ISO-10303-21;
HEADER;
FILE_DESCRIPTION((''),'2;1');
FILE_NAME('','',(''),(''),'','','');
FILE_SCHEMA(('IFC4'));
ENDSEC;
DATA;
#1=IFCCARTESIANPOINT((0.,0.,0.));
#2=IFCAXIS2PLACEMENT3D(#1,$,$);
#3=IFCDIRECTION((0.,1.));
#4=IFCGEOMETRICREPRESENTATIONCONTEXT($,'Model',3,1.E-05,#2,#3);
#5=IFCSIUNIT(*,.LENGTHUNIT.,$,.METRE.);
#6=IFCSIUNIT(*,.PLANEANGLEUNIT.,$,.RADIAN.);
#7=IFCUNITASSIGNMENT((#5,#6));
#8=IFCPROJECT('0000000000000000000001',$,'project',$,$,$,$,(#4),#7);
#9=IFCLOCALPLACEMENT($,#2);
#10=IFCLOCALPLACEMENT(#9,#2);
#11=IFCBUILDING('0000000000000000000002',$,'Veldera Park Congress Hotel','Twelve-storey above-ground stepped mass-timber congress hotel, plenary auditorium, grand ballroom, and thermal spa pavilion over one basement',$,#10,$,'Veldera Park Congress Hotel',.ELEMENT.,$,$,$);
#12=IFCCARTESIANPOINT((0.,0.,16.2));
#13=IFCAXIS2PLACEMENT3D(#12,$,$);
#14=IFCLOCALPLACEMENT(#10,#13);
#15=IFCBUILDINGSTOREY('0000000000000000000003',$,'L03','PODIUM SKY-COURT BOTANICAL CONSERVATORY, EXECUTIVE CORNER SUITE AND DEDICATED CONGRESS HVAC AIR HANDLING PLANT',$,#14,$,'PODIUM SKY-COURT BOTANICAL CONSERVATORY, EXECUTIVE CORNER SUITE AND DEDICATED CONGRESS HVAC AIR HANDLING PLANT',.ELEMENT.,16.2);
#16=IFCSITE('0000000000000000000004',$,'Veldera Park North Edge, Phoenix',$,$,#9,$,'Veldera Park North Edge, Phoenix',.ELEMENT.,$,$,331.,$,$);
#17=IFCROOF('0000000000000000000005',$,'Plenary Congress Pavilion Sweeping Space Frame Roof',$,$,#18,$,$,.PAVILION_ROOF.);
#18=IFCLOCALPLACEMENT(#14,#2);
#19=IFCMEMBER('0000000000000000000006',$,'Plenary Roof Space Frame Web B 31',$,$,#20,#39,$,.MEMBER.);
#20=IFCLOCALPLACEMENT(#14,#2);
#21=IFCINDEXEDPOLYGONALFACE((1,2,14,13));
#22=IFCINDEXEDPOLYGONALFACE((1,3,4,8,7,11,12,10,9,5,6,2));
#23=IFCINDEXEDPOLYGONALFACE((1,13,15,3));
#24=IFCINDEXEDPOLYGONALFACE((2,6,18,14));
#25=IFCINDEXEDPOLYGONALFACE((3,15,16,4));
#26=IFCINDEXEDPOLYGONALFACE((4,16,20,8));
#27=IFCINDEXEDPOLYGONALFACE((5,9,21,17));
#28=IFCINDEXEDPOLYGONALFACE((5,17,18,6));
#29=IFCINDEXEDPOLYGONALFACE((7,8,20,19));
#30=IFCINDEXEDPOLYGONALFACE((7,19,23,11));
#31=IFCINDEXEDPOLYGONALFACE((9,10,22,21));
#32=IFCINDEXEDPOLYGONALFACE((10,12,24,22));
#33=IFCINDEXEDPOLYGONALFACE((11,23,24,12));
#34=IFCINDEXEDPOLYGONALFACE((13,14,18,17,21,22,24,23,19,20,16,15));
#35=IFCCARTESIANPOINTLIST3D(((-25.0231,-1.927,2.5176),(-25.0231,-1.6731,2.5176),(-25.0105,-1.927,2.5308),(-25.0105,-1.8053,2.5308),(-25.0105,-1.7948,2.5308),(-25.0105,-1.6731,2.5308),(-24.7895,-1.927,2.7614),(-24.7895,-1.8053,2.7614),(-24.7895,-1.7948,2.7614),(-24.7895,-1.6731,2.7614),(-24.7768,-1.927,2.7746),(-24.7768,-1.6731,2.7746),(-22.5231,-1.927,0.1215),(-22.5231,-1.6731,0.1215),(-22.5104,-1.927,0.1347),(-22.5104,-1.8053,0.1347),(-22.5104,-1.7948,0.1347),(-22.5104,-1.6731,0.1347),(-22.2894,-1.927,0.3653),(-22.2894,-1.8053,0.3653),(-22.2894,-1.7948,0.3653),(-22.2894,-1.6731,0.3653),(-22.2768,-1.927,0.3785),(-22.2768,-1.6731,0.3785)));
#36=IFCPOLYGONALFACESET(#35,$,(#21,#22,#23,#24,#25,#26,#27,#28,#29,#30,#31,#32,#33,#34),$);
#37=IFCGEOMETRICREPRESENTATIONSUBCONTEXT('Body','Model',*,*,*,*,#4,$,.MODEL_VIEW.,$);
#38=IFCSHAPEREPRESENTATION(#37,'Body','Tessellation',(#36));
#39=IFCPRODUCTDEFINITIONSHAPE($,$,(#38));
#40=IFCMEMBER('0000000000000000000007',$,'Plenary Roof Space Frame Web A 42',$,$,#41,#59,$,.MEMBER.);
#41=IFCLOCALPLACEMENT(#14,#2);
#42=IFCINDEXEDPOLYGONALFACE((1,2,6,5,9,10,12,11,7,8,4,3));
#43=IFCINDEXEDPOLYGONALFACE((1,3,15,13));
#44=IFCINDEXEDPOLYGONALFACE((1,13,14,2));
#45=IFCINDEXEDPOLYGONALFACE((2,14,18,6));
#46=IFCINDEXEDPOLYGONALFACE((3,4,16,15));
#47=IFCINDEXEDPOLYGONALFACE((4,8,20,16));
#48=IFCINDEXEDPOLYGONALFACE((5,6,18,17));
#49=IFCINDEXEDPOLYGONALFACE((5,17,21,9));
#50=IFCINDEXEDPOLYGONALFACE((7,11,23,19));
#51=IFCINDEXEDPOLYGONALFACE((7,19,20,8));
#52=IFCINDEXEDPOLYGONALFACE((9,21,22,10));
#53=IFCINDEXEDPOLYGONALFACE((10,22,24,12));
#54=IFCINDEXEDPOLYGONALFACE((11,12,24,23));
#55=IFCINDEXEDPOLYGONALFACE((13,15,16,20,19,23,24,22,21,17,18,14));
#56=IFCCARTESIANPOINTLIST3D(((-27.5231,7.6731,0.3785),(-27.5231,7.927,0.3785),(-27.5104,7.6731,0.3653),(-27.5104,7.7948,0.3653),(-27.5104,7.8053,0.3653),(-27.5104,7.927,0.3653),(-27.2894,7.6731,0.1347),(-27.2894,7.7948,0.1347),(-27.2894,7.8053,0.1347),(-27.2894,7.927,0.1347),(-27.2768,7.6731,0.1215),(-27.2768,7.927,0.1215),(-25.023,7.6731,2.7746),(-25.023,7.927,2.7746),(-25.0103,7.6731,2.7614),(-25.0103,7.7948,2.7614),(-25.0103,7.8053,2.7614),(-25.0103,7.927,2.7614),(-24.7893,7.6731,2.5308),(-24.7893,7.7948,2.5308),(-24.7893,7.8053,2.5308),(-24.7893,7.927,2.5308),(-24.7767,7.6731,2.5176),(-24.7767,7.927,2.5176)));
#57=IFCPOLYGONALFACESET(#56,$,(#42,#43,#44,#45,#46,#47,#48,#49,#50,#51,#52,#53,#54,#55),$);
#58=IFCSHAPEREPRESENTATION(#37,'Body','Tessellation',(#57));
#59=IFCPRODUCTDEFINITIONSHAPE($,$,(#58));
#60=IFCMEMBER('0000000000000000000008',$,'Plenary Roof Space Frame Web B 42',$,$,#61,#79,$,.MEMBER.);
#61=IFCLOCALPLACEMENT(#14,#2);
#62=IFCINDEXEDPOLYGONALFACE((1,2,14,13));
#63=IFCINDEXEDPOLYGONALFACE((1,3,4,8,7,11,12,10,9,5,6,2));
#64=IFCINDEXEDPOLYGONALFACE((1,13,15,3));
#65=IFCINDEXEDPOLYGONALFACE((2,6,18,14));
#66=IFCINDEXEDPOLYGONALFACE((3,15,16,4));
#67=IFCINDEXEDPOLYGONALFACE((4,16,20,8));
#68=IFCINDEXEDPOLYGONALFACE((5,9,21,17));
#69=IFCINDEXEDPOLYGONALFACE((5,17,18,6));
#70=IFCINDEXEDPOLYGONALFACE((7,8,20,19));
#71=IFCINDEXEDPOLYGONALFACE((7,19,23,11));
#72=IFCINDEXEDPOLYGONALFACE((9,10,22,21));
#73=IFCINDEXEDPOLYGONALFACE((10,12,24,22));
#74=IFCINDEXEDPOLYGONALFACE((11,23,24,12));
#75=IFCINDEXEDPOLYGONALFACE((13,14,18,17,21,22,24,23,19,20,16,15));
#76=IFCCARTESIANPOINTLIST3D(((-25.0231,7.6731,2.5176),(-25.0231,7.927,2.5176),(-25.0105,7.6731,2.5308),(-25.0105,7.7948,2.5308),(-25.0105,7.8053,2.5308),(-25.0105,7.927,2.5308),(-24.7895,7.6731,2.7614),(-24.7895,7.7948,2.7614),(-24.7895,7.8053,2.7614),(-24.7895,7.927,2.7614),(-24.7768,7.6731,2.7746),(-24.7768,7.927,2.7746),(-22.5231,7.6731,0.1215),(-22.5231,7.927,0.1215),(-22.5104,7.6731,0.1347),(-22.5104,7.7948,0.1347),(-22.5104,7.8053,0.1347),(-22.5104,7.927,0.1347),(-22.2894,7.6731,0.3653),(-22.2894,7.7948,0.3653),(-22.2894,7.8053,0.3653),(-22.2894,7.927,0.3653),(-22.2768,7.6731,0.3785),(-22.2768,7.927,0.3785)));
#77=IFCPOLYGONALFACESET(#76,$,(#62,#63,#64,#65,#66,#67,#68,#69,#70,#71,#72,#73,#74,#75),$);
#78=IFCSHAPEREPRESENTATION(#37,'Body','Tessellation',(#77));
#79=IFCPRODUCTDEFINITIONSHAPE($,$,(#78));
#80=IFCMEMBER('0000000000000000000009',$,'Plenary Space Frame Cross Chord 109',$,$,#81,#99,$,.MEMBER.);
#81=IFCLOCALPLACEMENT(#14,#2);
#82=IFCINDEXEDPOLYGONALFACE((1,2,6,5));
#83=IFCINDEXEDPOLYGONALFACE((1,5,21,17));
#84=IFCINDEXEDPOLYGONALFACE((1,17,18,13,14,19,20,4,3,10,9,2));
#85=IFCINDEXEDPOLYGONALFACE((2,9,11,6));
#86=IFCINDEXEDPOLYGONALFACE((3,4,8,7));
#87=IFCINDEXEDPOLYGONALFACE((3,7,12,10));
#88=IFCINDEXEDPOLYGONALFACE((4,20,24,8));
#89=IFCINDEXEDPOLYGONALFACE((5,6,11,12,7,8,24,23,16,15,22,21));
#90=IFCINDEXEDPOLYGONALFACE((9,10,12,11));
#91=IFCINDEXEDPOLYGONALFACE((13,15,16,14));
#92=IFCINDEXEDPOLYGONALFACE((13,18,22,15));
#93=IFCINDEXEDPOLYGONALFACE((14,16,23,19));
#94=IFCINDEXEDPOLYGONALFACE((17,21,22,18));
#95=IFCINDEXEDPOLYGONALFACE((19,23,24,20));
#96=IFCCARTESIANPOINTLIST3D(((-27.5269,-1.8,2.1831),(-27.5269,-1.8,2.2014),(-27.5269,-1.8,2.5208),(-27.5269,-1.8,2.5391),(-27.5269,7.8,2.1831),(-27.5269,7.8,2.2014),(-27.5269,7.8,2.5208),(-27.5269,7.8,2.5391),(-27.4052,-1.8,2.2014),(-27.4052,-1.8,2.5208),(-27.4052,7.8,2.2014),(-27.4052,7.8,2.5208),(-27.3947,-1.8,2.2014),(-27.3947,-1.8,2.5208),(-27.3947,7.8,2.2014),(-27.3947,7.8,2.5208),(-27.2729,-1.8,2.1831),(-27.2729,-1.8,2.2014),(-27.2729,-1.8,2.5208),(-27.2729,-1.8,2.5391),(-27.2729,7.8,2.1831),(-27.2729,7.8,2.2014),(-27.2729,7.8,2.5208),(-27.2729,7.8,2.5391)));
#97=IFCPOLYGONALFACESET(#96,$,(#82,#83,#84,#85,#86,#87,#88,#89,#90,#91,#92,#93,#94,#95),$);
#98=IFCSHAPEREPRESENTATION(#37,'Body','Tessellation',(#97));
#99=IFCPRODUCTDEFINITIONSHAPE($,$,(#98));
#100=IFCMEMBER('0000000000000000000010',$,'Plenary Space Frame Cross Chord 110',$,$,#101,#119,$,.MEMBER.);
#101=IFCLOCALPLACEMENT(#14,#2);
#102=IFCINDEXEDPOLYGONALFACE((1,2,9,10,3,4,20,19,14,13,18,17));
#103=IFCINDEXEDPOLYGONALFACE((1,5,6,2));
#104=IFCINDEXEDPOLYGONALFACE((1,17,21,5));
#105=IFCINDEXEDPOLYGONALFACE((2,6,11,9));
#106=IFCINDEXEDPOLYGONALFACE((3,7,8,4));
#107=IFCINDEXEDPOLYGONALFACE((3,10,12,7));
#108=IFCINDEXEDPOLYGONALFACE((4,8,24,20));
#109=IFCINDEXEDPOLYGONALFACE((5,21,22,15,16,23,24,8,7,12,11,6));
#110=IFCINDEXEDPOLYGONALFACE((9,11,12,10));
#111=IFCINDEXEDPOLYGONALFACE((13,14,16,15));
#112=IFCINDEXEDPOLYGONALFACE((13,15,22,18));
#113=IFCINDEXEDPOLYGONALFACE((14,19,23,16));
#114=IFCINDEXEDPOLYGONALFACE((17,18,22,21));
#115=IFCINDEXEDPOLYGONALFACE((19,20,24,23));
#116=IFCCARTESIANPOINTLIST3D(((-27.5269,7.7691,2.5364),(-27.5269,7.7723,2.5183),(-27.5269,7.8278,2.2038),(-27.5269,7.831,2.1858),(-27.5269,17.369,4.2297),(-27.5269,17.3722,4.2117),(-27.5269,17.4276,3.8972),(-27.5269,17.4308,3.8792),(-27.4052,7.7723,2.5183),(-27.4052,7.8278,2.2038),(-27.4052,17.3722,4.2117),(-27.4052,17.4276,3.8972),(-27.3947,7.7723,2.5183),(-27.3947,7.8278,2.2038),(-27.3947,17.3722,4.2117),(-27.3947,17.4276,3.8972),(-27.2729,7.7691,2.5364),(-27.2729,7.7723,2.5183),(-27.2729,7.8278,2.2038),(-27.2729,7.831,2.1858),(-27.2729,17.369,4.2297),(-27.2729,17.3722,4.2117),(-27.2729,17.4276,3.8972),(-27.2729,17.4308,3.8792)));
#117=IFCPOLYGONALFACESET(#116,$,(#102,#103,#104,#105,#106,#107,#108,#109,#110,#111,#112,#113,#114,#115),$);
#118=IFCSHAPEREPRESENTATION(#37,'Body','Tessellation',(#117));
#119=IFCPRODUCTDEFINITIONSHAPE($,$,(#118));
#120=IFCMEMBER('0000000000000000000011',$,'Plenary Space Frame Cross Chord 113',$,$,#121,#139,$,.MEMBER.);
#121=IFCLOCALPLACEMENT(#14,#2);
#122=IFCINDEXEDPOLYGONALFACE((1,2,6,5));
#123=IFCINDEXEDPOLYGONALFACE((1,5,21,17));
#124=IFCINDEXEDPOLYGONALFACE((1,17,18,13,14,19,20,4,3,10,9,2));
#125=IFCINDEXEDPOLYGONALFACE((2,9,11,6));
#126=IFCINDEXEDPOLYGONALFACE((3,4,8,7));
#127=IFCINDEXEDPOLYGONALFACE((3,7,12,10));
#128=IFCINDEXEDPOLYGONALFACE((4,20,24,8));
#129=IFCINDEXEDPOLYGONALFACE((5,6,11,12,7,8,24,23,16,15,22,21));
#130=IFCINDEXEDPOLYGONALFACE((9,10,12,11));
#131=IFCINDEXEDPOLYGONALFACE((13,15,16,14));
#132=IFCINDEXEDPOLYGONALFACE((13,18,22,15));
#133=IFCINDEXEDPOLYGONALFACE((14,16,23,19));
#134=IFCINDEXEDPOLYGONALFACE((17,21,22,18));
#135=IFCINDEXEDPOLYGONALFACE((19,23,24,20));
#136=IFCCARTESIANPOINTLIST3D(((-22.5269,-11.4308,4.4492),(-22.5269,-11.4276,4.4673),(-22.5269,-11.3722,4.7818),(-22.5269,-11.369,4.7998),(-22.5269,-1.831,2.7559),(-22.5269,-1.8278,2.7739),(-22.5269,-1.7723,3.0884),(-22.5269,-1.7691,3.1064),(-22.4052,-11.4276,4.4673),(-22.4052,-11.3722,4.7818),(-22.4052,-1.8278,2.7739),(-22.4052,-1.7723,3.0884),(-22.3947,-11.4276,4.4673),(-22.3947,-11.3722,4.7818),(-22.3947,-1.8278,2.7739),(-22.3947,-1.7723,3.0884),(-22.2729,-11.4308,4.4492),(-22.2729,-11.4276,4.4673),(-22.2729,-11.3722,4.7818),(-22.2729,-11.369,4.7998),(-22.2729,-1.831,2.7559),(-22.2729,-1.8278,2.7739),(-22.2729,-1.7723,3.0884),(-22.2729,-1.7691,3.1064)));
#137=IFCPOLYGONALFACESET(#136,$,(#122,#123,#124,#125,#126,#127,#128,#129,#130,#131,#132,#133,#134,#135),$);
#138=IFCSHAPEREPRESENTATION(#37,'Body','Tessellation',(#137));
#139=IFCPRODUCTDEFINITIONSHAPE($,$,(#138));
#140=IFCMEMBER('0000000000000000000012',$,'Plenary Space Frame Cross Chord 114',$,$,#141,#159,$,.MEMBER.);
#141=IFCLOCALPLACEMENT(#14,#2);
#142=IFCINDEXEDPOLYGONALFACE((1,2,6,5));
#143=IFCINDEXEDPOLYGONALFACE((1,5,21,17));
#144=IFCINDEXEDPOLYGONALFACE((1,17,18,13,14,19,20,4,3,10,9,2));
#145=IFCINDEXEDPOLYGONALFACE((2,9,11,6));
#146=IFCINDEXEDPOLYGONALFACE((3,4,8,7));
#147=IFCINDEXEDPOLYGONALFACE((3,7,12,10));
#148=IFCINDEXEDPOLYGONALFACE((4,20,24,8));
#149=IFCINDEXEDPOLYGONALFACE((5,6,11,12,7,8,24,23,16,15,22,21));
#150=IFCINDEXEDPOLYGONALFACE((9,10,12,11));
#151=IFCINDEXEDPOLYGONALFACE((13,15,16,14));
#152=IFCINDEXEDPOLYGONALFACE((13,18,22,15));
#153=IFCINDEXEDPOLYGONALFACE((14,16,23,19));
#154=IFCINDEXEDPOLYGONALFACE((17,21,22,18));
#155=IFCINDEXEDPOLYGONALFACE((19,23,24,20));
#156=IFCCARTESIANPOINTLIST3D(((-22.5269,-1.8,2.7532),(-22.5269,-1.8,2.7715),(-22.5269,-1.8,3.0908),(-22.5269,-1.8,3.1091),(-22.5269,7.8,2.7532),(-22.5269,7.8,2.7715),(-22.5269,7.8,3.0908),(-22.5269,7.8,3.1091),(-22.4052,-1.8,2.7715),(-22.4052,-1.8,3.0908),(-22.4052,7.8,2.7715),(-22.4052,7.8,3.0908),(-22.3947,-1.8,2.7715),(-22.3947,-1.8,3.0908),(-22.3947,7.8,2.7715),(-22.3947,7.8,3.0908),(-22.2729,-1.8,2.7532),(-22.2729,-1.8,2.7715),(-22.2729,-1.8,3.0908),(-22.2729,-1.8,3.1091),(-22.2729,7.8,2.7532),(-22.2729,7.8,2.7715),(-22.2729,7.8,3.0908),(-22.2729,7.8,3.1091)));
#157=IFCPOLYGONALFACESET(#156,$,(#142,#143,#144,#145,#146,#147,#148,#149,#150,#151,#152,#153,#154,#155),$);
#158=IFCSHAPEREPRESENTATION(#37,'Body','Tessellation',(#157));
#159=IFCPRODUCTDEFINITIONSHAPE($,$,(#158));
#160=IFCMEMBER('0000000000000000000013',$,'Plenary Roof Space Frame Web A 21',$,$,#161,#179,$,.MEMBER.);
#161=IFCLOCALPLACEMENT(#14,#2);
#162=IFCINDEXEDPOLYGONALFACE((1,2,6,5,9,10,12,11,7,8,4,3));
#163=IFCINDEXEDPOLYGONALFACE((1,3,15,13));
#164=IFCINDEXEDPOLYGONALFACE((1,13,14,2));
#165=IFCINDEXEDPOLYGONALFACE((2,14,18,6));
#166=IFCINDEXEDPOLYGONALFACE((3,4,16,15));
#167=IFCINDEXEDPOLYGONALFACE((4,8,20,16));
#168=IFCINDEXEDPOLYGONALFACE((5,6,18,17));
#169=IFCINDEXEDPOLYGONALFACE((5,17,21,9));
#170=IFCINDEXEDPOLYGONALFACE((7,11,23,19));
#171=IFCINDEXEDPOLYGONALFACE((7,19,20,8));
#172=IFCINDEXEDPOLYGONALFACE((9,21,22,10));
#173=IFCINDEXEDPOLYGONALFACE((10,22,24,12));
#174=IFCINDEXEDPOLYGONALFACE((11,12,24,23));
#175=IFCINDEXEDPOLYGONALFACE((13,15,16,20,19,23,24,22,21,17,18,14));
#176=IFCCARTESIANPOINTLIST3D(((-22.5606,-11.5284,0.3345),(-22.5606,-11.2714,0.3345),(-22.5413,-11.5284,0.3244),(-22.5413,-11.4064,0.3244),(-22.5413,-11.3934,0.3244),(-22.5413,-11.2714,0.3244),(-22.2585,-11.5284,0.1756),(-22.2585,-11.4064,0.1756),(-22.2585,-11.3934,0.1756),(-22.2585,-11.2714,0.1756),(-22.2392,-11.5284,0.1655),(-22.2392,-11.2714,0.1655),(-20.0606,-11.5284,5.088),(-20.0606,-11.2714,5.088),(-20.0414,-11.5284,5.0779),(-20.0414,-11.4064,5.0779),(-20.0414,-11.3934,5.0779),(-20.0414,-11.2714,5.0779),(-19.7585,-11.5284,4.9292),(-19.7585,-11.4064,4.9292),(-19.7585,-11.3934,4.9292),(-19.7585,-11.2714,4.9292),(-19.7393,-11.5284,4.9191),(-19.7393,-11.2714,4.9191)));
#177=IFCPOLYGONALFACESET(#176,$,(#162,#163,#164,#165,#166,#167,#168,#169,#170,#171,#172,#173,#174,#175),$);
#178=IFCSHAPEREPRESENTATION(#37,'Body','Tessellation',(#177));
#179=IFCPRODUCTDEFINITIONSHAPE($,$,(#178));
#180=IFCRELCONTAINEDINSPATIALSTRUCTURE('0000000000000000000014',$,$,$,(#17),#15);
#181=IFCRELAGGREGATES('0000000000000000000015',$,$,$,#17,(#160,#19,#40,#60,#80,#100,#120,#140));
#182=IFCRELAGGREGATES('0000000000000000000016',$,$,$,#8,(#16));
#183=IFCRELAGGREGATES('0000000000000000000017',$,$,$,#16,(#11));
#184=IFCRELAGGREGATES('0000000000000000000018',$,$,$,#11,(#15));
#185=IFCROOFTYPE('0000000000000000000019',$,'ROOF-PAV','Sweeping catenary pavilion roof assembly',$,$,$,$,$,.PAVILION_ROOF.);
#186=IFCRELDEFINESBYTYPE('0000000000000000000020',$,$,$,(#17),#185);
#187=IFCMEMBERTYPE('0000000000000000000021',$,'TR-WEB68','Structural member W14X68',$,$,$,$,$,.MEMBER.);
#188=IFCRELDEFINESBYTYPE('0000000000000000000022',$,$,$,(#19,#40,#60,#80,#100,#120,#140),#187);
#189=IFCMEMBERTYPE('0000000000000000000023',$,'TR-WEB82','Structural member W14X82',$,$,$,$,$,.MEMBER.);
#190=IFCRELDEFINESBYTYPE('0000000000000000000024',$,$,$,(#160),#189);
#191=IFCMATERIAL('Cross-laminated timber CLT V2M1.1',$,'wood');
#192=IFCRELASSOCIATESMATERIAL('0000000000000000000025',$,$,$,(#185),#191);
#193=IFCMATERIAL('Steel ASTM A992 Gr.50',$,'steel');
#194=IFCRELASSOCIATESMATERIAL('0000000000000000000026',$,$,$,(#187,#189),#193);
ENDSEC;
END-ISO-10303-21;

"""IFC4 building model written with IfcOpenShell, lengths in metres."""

from ifc_helpers import new_model, si_unit, direction, frame, origin, origin_2d, place, context, subcontext, project, spatial, i_section, extrude, material, material_profile, profile_set, type_object, element, aggregate, save


model = new_model("IFC4")

# Units and contexts
model_context = context("Model", 3, precision=1e-05, world=origin(), true_north=direction((0.0, 1.0)))
body_context = subcontext(model_context, "Body", "Model", "MODEL_VIEW")
ifc_project = project(units=[si_unit("LENGTHUNIT", "METRE"), si_unit("PLANEANGLEUNIT", "RADIAN")], contexts=[model_context])

# Site, building, storey
site_placement = place(None, origin())
site = spatial("IfcSite", under=ifc_project, at=site_placement, Name="Veldera Park North Edge, Phoenix", LongName="Veldera Park North Edge, Phoenix", CompositionType="ELEMENT", RefElevation=331.0)
building_placement = place(site_placement, origin())
building = spatial("IfcBuilding", under=site, at=building_placement, Name="Veldera Park Congress Hotel", Description="Twelve-storey above-ground stepped mass-timber congress hotel, plenary auditorium, grand ballroom, and thermal spa pavilion over one basement", LongName="Veldera Park Congress Hotel", CompositionType="ELEMENT")
storey_placement = place(building_placement, frame((0.0, 0.0, 16.2)))
storey = spatial("IfcBuildingStorey", under=building, at=storey_placement, Name="L03", Description="PODIUM SKY-COURT BOTANICAL CONSERVATORY, EXECUTIVE CORNER SUITE AND DEDICATED CONGRESS HVAC AIR HANDLING PLANT", LongName="PODIUM SKY-COURT BOTANICAL CONSERVATORY, EXECUTIVE CORNER SUITE AND DEDICATED CONGRESS HVAC AIR HANDLING PLANT", CompositionType="ELEMENT", Elevation=16.2)

# Roof, members
ifc_material_1 = material(Name="Cross-laminated timber CLT V2M1.1", Category="wood")
roof_type = type_object("IfcRoofType", Name="ROOF-PAV", Description="Sweeping catenary pavilion roof assembly", PredefinedType="PAVILION_ROOF", material=ifc_material_1)
roof_placement = place(storey_placement, origin())
roof = element("IfcRoof", 1, at=roof_placement, inside=storey, type_object=roof_type, Name="Plenary Congress Pavilion Sweeping Space Frame Roof", PredefinedType="PAVILION_ROOF")
ifc_material_2 = material(Name="Steel ASTM A992 Gr.50", Category="steel")
ifc_material_profile_1 = material_profile(ifc_material_2, i_section(OverallWidth=0.2539, OverallDepth=0.356, WebThickness=0.0105, FlangeThickness=0.0183, at=origin_2d()), Name="W14X68")
ifc_profile_set_1 = profile_set([ifc_material_profile_1], Name="Steel ASTM A992 Gr.50")
member_type_1 = type_object("IfcMemberType", Name="TR-WEB68", Description="Structural member W14X68", PredefinedType="MEMBER", material=ifc_profile_set_1)
member_1_placement = place(storey_placement, frame((-22.3999, -1.8, 0.25), z_axis=(-0.721965, 0.0, 0.69193), x_axis=(0.0, -1.0, 0.0)))
member_1 = element("IfcMember", 2, at=member_1_placement, type_object=member_type_1, Name="Plenary Roof Space Frame Web B 31", PredefinedType="MEMBER", context=body_context, shape_type="SweptSolid", body=[
    extrude(i_section(OverallWidth=0.2539, OverallDepth=0.356, WebThickness=0.0105, FlangeThickness=0.0183, at=origin_2d()), origin(), (0.0, 0.0, 1.0), 3.4629),
])
member_2_placement = place(storey_placement, frame((-27.3999, 7.8, 0.25), z_axis=(0.721965, 0.0, 0.69193), x_axis=(0.0, 1.0, 0.0)))
member_2 = element("IfcMember", 3, at=member_2_placement, type_object=member_type_1, Name="Plenary Roof Space Frame Web A 42", PredefinedType="MEMBER", context=body_context, shape_type="SweptSolid", body=[
    extrude(i_section(OverallWidth=0.2539, OverallDepth=0.356, WebThickness=0.0105, FlangeThickness=0.0183, at=origin_2d()), origin(), (0.0, 0.0, 1.0), 3.4629),
])
member_3_placement = place(storey_placement, frame((-22.3999, 7.8, 0.25), z_axis=(-0.721965, 0.0, 0.69193), x_axis=(0.0, -1.0, 0.0)))
member_3 = element("IfcMember", 4, at=member_3_placement, type_object=member_type_1, Name="Plenary Roof Space Frame Web B 42", PredefinedType="MEMBER", context=body_context, shape_type="SweptSolid", body=[
    extrude(i_section(OverallWidth=0.2539, OverallDepth=0.356, WebThickness=0.0105, FlangeThickness=0.0183, at=origin_2d()), origin(), (0.0, 0.0, 1.0), 3.4629),
])
member_4_placement = place(storey_placement, frame((-27.3999, -1.8, 2.3611), z_axis=(0.0, 1.0, 0.0), x_axis=(-1.0, 0.0, 0.0)))
member_4 = element("IfcMember", 5, at=member_4_placement, type_object=member_type_1, Name="Plenary Space Frame Cross Chord 109", PredefinedType="MEMBER", context=body_context, shape_type="SweptSolid", body=[
    extrude(i_section(OverallWidth=0.2539, OverallDepth=0.356, WebThickness=0.0105, FlangeThickness=0.0183, at=origin_2d()), origin(), (0.0, 0.0, 1.0), 9.6001),
])
member_5_placement = place(storey_placement, frame((-27.3999, 7.8, 2.3611), z_axis=(0.0, 0.984796, 0.173712), x_axis=(-1.0, 0.0, 0.0)))
member_5 = element("IfcMember", 6, at=member_5_placement, type_object=member_type_1, Name="Plenary Space Frame Cross Chord 110", PredefinedType="MEMBER", context=body_context, shape_type="SweptSolid", body=[
    extrude(i_section(OverallWidth=0.2539, OverallDepth=0.356, WebThickness=0.0105, FlangeThickness=0.0183, at=origin_2d()), origin(), (0.0, 0.0, 1.0), 9.748),
])
member_6_placement = place(storey_placement, frame((-22.3999, -11.3999, 4.6245), z_axis=(0.0, 0.984796, -0.173712), x_axis=(-1.0, 0.0, 0.0)))
member_6 = element("IfcMember", 7, at=member_6_placement, type_object=member_type_1, Name="Plenary Space Frame Cross Chord 113", PredefinedType="MEMBER", context=body_context, shape_type="SweptSolid", body=[
    extrude(i_section(OverallWidth=0.2539, OverallDepth=0.356, WebThickness=0.0105, FlangeThickness=0.0183, at=origin_2d()), origin(), (0.0, 0.0, 1.0), 9.748),
])
member_7_placement = place(storey_placement, frame((-22.3999, -1.8, 2.9312), z_axis=(0.0, 1.0, 0.0), x_axis=(-1.0, 0.0, 0.0)))
member_7 = element("IfcMember", 8, at=member_7_placement, type_object=member_type_1, Name="Plenary Space Frame Cross Chord 114", PredefinedType="MEMBER", context=body_context, shape_type="SweptSolid", body=[
    extrude(i_section(OverallWidth=0.2539, OverallDepth=0.356, WebThickness=0.0105, FlangeThickness=0.0183, at=origin_2d()), origin(), (0.0, 0.0, 1.0), 9.6001),
])
ifc_material_profile_2 = material_profile(ifc_material_2, i_section(OverallWidth=0.2571, OverallDepth=0.363, WebThickness=0.0129, FlangeThickness=0.0217, at=origin_2d()), Name="W14X82")
ifc_profile_set_2 = profile_set([ifc_material_profile_2], Name="Steel ASTM A992 Gr.50")
member_type_2 = type_object("IfcMemberType", Name="TR-WEB82", Description="Structural member W14X82", PredefinedType="MEMBER", material=ifc_profile_set_2)
member_8_placement = place(storey_placement, frame((-22.3999, -11.3999, 0.25), z_axis=(0.465465, 0.0, 0.885066), x_axis=(0.0, 1.0, 0.0)))
member_8 = element("IfcMember", 9, at=member_8_placement, type_object=member_type_2, Name="Plenary Roof Space Frame Web A 21", PredefinedType="MEMBER", context=body_context, shape_type="SweptSolid", body=[
    extrude(i_section(OverallWidth=0.2571, OverallDepth=0.363, WebThickness=0.0129, FlangeThickness=0.0217, at=origin_2d()), origin(), (0.0, 0.0, 1.0), 5.3708),
])
aggregate(roof, [member_8, member_1, member_2, member_3, member_4, member_5, member_6, member_7])

save(model, "model.ifc")
